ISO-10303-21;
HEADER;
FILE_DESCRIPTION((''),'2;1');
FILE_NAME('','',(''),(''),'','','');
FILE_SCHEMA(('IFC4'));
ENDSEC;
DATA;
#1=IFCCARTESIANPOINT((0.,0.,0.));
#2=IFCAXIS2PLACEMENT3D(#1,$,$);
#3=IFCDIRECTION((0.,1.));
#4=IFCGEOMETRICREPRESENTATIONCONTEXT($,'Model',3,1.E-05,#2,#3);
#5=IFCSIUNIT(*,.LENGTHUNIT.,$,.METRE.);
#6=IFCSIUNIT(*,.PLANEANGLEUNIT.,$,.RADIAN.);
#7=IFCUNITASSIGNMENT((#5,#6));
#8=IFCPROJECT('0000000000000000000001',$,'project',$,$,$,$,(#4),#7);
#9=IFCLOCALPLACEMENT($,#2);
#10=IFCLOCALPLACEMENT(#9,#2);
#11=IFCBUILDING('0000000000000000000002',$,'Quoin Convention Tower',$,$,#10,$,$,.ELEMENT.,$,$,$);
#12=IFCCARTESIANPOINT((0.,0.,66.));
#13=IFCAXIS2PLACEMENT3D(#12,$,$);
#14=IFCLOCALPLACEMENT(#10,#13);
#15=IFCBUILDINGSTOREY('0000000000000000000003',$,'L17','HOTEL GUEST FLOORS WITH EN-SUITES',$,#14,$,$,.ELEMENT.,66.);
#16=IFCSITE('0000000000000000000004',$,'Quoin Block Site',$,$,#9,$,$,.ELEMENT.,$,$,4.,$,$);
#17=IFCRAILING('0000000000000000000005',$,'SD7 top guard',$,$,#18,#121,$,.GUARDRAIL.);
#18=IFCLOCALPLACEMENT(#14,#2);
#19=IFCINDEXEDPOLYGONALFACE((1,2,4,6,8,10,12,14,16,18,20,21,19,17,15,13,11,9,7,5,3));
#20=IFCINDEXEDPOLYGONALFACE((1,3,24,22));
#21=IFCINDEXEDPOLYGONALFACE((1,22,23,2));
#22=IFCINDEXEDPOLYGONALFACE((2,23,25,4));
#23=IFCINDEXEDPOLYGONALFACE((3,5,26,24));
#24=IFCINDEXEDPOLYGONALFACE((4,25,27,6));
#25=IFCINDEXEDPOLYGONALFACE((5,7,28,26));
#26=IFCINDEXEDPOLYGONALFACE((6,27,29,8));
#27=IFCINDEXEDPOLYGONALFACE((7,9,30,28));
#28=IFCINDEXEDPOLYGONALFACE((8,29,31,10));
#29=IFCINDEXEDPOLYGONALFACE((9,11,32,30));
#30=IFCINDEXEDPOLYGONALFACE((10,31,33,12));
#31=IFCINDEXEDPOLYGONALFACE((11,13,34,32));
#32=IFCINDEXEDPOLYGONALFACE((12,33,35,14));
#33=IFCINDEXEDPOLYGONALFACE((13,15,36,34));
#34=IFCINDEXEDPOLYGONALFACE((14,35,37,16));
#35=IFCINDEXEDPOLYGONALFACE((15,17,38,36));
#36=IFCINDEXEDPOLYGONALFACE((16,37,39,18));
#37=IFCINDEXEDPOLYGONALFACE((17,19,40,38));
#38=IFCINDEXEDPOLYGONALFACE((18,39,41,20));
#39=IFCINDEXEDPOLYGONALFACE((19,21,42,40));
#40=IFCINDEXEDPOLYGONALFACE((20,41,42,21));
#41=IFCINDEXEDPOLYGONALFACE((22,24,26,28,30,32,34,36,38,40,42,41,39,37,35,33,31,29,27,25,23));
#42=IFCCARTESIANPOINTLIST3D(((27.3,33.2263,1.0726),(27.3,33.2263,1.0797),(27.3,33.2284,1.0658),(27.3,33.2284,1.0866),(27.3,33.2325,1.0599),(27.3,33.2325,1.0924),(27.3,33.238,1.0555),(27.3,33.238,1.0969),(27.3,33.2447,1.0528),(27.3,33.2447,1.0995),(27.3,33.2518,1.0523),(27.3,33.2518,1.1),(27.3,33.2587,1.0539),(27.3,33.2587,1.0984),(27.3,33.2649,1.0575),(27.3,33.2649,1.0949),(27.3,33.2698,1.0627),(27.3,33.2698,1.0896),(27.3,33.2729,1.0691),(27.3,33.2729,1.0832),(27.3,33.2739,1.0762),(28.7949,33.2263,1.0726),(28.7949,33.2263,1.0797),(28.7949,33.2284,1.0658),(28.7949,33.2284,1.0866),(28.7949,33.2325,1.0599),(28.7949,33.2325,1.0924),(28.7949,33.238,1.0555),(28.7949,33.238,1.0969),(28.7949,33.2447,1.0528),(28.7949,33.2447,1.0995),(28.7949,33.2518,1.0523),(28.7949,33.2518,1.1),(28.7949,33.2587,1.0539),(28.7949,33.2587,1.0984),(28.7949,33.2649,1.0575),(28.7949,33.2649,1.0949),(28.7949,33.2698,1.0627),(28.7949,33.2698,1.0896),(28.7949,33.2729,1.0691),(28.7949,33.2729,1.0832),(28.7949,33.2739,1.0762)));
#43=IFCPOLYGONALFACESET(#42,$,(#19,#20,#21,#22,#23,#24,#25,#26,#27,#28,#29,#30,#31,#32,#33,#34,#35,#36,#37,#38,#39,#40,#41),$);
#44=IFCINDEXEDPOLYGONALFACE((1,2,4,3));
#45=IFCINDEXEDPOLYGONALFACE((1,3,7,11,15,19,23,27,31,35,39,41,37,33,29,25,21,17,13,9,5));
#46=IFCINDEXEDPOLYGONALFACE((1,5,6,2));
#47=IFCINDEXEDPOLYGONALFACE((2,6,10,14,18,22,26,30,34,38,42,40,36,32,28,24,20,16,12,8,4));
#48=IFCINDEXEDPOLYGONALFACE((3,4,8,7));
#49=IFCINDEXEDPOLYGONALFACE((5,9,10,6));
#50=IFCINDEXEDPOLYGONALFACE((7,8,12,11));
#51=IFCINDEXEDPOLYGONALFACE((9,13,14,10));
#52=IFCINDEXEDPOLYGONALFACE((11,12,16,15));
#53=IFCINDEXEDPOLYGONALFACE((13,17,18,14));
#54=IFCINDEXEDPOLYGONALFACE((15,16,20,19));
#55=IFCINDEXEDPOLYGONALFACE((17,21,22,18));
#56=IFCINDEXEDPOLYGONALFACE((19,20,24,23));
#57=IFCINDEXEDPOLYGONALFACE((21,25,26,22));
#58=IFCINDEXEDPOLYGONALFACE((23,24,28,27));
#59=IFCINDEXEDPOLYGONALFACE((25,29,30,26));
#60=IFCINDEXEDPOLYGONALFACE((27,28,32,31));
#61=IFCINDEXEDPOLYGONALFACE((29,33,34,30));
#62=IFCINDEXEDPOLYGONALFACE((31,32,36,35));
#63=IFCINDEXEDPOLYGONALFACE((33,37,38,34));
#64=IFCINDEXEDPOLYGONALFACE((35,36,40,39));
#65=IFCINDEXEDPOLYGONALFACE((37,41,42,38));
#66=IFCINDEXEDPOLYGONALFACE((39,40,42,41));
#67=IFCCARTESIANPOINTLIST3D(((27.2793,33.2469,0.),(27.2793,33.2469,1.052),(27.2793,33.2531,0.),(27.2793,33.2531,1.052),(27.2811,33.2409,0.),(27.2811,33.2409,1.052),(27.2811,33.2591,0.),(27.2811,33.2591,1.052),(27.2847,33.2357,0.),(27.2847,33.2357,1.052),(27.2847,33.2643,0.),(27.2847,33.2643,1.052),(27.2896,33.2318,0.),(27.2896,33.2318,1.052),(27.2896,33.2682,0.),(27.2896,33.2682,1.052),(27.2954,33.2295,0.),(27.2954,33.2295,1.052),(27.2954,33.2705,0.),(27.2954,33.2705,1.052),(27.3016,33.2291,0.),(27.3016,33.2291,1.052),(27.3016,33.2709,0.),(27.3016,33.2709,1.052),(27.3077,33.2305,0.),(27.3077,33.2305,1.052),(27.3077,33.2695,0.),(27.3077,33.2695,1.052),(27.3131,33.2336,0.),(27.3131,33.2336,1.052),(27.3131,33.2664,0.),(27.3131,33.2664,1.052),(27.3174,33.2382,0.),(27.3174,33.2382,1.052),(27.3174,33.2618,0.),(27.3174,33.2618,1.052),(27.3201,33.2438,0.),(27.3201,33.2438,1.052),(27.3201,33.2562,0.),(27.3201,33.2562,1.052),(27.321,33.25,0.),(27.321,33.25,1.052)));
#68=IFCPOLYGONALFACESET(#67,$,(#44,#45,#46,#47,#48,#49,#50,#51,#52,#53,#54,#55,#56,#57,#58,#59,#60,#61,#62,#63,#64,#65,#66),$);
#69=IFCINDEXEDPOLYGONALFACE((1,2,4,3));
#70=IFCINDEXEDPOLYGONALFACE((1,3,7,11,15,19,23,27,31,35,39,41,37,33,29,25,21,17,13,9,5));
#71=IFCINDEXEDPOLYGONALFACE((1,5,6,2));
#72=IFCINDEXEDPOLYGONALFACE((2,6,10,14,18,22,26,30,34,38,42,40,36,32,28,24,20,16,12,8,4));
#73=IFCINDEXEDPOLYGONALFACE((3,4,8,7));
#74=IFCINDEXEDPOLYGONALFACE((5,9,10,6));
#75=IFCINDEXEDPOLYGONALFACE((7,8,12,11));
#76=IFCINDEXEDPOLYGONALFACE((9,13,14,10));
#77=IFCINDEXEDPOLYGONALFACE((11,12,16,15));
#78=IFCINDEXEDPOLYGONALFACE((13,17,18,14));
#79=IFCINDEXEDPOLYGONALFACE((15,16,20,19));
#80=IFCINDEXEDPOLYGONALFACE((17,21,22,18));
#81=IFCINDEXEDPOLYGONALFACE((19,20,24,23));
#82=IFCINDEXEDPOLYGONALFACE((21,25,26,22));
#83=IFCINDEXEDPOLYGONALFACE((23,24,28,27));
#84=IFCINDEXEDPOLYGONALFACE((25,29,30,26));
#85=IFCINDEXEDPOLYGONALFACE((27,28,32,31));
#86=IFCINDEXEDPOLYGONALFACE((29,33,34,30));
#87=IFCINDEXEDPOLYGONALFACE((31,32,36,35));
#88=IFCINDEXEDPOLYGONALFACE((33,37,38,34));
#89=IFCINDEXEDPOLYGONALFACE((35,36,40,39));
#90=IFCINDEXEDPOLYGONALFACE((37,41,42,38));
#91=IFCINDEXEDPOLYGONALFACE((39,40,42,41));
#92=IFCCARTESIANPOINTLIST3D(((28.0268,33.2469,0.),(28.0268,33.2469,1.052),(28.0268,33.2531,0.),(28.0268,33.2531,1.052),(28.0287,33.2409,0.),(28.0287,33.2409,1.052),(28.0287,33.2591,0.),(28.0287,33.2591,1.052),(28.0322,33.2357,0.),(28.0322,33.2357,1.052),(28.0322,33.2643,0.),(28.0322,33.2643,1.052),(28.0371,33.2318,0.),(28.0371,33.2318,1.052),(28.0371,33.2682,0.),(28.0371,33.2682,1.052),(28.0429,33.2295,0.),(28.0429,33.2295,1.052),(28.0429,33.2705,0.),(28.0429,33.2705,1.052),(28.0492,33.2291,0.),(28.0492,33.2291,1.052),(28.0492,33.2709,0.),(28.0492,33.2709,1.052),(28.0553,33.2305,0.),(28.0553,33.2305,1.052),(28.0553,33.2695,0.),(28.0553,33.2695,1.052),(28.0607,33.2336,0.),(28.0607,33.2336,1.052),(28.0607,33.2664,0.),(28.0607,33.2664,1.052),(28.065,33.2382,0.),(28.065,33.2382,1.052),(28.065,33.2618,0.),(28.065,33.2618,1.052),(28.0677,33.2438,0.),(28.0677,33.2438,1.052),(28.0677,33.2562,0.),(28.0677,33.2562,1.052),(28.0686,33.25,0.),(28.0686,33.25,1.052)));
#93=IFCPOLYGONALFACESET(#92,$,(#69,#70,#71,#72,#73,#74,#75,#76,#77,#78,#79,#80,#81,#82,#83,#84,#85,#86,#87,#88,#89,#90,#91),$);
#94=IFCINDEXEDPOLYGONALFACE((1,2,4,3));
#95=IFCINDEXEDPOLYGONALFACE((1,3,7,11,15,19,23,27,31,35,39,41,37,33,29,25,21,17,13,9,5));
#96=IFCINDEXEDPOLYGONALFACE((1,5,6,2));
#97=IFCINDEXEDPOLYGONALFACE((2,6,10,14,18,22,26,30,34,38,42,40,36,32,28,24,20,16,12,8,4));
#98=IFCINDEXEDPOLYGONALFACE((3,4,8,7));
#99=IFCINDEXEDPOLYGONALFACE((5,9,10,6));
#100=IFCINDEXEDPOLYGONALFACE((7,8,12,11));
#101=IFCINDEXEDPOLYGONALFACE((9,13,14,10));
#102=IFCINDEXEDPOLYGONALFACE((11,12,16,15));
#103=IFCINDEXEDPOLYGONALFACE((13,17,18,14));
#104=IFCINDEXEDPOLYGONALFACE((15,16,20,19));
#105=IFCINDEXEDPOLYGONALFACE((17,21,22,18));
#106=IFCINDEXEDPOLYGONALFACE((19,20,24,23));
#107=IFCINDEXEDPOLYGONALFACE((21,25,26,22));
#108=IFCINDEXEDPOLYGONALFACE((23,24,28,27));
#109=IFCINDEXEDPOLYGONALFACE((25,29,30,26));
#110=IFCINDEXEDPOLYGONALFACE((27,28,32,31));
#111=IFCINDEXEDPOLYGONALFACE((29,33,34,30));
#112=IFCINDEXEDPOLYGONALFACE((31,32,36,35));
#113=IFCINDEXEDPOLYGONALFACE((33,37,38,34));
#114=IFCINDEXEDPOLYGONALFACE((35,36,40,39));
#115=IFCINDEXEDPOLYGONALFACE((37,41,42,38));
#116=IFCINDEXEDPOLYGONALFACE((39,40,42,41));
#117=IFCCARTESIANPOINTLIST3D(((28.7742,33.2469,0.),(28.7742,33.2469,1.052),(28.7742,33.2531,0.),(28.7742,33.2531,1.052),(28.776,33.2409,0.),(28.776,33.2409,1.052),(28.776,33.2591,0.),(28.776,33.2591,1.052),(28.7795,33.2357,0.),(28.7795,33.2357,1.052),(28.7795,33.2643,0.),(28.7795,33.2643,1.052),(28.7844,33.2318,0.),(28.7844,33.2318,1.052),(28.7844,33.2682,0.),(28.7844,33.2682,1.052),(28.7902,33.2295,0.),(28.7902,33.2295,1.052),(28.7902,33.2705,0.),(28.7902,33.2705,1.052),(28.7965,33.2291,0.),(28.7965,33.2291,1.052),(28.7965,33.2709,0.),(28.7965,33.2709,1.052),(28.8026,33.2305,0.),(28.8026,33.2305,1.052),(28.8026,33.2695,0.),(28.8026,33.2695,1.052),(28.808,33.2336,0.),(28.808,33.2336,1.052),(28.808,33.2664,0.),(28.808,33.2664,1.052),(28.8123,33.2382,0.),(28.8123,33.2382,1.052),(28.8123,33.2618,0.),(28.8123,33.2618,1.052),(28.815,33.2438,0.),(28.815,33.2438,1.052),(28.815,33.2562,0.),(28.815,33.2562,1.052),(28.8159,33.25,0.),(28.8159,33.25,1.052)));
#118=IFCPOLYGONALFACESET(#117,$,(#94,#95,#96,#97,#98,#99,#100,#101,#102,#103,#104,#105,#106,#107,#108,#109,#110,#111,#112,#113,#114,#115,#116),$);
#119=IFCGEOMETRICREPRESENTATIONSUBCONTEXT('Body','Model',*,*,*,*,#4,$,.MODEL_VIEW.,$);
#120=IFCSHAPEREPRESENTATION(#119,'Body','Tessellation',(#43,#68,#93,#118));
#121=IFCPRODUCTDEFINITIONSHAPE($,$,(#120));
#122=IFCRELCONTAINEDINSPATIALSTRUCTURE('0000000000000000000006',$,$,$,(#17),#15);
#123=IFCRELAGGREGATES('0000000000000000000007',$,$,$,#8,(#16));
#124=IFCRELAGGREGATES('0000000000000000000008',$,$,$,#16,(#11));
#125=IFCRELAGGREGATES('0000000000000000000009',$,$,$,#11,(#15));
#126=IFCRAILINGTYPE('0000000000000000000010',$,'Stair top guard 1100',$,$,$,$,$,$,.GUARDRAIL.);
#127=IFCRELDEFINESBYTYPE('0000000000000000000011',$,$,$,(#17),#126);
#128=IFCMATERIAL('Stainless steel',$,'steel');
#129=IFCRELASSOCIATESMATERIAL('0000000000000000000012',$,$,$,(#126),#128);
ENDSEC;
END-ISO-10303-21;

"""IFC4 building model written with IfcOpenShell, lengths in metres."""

from ifc_helpers import new_model, si_unit, direction, frame, origin, origin_2d, place, context, subcontext, project, spatial, circle, extrude, material, type_object, element, save


model = new_model("IFC4")

# Units and contexts
model_context = context("Model", 3, precision=1e-05, world=origin(), true_north=direction((0.0, 1.0)))
body_context = subcontext(model_context, "Body", "Model", "MODEL_VIEW")
ifc_project = project(units=[si_unit("LENGTHUNIT", "METRE"), si_unit("PLANEANGLEUNIT", "RADIAN")], contexts=[model_context])

# Site, building, storey
site_placement = place(None, origin())
site = spatial("IfcSite", under=ifc_project, at=site_placement, Name="Quoin Block Site", CompositionType="ELEMENT", RefElevation=4.0)
building_placement = place(site_placement, origin())
building = spatial("IfcBuilding", under=site, at=building_placement, Name="Quoin Convention Tower", CompositionType="ELEMENT")
storey_placement = place(building_placement, frame((0.0, 0.0, 66.0)))
storey = spatial("IfcBuildingStorey", under=building, at=storey_placement, Name="L17", Description="HOTEL GUEST FLOORS WITH EN-SUITES", CompositionType="ELEMENT", Elevation=66.0)

# Railing
ifc_material_1 = material(Name="Stainless steel", Category="steel")
railing_type_1 = type_object("IfcRailingType", Name="Stair top guard 1100", PredefinedType="GUARDRAIL", material=ifc_material_1)
railing_1_placement = place(storey_placement, frame((27.3, 33.25, 0.0)))
element("IfcRailing", 1, at=railing_1_placement, inside=storey, type_object=railing_type_1, Name="SD7 top guard", PredefinedType="GUARDRAIL", context=body_context, shape_type="SweptSolid", body=[
    extrude(circle(Radius=0.0239, at=origin_2d()), frame((0.0, 0.0, 1.0762), z_axis=(1.0, 0.0, 0.0), x_axis=(0.0, 1.0, 0.0)), (0.0, 0.0, 1.0), 1.4949),
    extrude(circle(Radius=0.021, at=origin_2d()), origin(), (0.0, 0.0, 1.0), 1.052),
    extrude(circle(Radius=0.021, at=origin_2d()), frame((0.7476, 0.0, 0.0)), (0.0, 0.0, 1.0), 1.052),
    extrude(circle(Radius=0.021, at=origin_2d()), frame((1.4949, 0.0, 0.0)), (0.0, 0.0, 1.0), 1.052),
])

save(model, "model.ifc")
